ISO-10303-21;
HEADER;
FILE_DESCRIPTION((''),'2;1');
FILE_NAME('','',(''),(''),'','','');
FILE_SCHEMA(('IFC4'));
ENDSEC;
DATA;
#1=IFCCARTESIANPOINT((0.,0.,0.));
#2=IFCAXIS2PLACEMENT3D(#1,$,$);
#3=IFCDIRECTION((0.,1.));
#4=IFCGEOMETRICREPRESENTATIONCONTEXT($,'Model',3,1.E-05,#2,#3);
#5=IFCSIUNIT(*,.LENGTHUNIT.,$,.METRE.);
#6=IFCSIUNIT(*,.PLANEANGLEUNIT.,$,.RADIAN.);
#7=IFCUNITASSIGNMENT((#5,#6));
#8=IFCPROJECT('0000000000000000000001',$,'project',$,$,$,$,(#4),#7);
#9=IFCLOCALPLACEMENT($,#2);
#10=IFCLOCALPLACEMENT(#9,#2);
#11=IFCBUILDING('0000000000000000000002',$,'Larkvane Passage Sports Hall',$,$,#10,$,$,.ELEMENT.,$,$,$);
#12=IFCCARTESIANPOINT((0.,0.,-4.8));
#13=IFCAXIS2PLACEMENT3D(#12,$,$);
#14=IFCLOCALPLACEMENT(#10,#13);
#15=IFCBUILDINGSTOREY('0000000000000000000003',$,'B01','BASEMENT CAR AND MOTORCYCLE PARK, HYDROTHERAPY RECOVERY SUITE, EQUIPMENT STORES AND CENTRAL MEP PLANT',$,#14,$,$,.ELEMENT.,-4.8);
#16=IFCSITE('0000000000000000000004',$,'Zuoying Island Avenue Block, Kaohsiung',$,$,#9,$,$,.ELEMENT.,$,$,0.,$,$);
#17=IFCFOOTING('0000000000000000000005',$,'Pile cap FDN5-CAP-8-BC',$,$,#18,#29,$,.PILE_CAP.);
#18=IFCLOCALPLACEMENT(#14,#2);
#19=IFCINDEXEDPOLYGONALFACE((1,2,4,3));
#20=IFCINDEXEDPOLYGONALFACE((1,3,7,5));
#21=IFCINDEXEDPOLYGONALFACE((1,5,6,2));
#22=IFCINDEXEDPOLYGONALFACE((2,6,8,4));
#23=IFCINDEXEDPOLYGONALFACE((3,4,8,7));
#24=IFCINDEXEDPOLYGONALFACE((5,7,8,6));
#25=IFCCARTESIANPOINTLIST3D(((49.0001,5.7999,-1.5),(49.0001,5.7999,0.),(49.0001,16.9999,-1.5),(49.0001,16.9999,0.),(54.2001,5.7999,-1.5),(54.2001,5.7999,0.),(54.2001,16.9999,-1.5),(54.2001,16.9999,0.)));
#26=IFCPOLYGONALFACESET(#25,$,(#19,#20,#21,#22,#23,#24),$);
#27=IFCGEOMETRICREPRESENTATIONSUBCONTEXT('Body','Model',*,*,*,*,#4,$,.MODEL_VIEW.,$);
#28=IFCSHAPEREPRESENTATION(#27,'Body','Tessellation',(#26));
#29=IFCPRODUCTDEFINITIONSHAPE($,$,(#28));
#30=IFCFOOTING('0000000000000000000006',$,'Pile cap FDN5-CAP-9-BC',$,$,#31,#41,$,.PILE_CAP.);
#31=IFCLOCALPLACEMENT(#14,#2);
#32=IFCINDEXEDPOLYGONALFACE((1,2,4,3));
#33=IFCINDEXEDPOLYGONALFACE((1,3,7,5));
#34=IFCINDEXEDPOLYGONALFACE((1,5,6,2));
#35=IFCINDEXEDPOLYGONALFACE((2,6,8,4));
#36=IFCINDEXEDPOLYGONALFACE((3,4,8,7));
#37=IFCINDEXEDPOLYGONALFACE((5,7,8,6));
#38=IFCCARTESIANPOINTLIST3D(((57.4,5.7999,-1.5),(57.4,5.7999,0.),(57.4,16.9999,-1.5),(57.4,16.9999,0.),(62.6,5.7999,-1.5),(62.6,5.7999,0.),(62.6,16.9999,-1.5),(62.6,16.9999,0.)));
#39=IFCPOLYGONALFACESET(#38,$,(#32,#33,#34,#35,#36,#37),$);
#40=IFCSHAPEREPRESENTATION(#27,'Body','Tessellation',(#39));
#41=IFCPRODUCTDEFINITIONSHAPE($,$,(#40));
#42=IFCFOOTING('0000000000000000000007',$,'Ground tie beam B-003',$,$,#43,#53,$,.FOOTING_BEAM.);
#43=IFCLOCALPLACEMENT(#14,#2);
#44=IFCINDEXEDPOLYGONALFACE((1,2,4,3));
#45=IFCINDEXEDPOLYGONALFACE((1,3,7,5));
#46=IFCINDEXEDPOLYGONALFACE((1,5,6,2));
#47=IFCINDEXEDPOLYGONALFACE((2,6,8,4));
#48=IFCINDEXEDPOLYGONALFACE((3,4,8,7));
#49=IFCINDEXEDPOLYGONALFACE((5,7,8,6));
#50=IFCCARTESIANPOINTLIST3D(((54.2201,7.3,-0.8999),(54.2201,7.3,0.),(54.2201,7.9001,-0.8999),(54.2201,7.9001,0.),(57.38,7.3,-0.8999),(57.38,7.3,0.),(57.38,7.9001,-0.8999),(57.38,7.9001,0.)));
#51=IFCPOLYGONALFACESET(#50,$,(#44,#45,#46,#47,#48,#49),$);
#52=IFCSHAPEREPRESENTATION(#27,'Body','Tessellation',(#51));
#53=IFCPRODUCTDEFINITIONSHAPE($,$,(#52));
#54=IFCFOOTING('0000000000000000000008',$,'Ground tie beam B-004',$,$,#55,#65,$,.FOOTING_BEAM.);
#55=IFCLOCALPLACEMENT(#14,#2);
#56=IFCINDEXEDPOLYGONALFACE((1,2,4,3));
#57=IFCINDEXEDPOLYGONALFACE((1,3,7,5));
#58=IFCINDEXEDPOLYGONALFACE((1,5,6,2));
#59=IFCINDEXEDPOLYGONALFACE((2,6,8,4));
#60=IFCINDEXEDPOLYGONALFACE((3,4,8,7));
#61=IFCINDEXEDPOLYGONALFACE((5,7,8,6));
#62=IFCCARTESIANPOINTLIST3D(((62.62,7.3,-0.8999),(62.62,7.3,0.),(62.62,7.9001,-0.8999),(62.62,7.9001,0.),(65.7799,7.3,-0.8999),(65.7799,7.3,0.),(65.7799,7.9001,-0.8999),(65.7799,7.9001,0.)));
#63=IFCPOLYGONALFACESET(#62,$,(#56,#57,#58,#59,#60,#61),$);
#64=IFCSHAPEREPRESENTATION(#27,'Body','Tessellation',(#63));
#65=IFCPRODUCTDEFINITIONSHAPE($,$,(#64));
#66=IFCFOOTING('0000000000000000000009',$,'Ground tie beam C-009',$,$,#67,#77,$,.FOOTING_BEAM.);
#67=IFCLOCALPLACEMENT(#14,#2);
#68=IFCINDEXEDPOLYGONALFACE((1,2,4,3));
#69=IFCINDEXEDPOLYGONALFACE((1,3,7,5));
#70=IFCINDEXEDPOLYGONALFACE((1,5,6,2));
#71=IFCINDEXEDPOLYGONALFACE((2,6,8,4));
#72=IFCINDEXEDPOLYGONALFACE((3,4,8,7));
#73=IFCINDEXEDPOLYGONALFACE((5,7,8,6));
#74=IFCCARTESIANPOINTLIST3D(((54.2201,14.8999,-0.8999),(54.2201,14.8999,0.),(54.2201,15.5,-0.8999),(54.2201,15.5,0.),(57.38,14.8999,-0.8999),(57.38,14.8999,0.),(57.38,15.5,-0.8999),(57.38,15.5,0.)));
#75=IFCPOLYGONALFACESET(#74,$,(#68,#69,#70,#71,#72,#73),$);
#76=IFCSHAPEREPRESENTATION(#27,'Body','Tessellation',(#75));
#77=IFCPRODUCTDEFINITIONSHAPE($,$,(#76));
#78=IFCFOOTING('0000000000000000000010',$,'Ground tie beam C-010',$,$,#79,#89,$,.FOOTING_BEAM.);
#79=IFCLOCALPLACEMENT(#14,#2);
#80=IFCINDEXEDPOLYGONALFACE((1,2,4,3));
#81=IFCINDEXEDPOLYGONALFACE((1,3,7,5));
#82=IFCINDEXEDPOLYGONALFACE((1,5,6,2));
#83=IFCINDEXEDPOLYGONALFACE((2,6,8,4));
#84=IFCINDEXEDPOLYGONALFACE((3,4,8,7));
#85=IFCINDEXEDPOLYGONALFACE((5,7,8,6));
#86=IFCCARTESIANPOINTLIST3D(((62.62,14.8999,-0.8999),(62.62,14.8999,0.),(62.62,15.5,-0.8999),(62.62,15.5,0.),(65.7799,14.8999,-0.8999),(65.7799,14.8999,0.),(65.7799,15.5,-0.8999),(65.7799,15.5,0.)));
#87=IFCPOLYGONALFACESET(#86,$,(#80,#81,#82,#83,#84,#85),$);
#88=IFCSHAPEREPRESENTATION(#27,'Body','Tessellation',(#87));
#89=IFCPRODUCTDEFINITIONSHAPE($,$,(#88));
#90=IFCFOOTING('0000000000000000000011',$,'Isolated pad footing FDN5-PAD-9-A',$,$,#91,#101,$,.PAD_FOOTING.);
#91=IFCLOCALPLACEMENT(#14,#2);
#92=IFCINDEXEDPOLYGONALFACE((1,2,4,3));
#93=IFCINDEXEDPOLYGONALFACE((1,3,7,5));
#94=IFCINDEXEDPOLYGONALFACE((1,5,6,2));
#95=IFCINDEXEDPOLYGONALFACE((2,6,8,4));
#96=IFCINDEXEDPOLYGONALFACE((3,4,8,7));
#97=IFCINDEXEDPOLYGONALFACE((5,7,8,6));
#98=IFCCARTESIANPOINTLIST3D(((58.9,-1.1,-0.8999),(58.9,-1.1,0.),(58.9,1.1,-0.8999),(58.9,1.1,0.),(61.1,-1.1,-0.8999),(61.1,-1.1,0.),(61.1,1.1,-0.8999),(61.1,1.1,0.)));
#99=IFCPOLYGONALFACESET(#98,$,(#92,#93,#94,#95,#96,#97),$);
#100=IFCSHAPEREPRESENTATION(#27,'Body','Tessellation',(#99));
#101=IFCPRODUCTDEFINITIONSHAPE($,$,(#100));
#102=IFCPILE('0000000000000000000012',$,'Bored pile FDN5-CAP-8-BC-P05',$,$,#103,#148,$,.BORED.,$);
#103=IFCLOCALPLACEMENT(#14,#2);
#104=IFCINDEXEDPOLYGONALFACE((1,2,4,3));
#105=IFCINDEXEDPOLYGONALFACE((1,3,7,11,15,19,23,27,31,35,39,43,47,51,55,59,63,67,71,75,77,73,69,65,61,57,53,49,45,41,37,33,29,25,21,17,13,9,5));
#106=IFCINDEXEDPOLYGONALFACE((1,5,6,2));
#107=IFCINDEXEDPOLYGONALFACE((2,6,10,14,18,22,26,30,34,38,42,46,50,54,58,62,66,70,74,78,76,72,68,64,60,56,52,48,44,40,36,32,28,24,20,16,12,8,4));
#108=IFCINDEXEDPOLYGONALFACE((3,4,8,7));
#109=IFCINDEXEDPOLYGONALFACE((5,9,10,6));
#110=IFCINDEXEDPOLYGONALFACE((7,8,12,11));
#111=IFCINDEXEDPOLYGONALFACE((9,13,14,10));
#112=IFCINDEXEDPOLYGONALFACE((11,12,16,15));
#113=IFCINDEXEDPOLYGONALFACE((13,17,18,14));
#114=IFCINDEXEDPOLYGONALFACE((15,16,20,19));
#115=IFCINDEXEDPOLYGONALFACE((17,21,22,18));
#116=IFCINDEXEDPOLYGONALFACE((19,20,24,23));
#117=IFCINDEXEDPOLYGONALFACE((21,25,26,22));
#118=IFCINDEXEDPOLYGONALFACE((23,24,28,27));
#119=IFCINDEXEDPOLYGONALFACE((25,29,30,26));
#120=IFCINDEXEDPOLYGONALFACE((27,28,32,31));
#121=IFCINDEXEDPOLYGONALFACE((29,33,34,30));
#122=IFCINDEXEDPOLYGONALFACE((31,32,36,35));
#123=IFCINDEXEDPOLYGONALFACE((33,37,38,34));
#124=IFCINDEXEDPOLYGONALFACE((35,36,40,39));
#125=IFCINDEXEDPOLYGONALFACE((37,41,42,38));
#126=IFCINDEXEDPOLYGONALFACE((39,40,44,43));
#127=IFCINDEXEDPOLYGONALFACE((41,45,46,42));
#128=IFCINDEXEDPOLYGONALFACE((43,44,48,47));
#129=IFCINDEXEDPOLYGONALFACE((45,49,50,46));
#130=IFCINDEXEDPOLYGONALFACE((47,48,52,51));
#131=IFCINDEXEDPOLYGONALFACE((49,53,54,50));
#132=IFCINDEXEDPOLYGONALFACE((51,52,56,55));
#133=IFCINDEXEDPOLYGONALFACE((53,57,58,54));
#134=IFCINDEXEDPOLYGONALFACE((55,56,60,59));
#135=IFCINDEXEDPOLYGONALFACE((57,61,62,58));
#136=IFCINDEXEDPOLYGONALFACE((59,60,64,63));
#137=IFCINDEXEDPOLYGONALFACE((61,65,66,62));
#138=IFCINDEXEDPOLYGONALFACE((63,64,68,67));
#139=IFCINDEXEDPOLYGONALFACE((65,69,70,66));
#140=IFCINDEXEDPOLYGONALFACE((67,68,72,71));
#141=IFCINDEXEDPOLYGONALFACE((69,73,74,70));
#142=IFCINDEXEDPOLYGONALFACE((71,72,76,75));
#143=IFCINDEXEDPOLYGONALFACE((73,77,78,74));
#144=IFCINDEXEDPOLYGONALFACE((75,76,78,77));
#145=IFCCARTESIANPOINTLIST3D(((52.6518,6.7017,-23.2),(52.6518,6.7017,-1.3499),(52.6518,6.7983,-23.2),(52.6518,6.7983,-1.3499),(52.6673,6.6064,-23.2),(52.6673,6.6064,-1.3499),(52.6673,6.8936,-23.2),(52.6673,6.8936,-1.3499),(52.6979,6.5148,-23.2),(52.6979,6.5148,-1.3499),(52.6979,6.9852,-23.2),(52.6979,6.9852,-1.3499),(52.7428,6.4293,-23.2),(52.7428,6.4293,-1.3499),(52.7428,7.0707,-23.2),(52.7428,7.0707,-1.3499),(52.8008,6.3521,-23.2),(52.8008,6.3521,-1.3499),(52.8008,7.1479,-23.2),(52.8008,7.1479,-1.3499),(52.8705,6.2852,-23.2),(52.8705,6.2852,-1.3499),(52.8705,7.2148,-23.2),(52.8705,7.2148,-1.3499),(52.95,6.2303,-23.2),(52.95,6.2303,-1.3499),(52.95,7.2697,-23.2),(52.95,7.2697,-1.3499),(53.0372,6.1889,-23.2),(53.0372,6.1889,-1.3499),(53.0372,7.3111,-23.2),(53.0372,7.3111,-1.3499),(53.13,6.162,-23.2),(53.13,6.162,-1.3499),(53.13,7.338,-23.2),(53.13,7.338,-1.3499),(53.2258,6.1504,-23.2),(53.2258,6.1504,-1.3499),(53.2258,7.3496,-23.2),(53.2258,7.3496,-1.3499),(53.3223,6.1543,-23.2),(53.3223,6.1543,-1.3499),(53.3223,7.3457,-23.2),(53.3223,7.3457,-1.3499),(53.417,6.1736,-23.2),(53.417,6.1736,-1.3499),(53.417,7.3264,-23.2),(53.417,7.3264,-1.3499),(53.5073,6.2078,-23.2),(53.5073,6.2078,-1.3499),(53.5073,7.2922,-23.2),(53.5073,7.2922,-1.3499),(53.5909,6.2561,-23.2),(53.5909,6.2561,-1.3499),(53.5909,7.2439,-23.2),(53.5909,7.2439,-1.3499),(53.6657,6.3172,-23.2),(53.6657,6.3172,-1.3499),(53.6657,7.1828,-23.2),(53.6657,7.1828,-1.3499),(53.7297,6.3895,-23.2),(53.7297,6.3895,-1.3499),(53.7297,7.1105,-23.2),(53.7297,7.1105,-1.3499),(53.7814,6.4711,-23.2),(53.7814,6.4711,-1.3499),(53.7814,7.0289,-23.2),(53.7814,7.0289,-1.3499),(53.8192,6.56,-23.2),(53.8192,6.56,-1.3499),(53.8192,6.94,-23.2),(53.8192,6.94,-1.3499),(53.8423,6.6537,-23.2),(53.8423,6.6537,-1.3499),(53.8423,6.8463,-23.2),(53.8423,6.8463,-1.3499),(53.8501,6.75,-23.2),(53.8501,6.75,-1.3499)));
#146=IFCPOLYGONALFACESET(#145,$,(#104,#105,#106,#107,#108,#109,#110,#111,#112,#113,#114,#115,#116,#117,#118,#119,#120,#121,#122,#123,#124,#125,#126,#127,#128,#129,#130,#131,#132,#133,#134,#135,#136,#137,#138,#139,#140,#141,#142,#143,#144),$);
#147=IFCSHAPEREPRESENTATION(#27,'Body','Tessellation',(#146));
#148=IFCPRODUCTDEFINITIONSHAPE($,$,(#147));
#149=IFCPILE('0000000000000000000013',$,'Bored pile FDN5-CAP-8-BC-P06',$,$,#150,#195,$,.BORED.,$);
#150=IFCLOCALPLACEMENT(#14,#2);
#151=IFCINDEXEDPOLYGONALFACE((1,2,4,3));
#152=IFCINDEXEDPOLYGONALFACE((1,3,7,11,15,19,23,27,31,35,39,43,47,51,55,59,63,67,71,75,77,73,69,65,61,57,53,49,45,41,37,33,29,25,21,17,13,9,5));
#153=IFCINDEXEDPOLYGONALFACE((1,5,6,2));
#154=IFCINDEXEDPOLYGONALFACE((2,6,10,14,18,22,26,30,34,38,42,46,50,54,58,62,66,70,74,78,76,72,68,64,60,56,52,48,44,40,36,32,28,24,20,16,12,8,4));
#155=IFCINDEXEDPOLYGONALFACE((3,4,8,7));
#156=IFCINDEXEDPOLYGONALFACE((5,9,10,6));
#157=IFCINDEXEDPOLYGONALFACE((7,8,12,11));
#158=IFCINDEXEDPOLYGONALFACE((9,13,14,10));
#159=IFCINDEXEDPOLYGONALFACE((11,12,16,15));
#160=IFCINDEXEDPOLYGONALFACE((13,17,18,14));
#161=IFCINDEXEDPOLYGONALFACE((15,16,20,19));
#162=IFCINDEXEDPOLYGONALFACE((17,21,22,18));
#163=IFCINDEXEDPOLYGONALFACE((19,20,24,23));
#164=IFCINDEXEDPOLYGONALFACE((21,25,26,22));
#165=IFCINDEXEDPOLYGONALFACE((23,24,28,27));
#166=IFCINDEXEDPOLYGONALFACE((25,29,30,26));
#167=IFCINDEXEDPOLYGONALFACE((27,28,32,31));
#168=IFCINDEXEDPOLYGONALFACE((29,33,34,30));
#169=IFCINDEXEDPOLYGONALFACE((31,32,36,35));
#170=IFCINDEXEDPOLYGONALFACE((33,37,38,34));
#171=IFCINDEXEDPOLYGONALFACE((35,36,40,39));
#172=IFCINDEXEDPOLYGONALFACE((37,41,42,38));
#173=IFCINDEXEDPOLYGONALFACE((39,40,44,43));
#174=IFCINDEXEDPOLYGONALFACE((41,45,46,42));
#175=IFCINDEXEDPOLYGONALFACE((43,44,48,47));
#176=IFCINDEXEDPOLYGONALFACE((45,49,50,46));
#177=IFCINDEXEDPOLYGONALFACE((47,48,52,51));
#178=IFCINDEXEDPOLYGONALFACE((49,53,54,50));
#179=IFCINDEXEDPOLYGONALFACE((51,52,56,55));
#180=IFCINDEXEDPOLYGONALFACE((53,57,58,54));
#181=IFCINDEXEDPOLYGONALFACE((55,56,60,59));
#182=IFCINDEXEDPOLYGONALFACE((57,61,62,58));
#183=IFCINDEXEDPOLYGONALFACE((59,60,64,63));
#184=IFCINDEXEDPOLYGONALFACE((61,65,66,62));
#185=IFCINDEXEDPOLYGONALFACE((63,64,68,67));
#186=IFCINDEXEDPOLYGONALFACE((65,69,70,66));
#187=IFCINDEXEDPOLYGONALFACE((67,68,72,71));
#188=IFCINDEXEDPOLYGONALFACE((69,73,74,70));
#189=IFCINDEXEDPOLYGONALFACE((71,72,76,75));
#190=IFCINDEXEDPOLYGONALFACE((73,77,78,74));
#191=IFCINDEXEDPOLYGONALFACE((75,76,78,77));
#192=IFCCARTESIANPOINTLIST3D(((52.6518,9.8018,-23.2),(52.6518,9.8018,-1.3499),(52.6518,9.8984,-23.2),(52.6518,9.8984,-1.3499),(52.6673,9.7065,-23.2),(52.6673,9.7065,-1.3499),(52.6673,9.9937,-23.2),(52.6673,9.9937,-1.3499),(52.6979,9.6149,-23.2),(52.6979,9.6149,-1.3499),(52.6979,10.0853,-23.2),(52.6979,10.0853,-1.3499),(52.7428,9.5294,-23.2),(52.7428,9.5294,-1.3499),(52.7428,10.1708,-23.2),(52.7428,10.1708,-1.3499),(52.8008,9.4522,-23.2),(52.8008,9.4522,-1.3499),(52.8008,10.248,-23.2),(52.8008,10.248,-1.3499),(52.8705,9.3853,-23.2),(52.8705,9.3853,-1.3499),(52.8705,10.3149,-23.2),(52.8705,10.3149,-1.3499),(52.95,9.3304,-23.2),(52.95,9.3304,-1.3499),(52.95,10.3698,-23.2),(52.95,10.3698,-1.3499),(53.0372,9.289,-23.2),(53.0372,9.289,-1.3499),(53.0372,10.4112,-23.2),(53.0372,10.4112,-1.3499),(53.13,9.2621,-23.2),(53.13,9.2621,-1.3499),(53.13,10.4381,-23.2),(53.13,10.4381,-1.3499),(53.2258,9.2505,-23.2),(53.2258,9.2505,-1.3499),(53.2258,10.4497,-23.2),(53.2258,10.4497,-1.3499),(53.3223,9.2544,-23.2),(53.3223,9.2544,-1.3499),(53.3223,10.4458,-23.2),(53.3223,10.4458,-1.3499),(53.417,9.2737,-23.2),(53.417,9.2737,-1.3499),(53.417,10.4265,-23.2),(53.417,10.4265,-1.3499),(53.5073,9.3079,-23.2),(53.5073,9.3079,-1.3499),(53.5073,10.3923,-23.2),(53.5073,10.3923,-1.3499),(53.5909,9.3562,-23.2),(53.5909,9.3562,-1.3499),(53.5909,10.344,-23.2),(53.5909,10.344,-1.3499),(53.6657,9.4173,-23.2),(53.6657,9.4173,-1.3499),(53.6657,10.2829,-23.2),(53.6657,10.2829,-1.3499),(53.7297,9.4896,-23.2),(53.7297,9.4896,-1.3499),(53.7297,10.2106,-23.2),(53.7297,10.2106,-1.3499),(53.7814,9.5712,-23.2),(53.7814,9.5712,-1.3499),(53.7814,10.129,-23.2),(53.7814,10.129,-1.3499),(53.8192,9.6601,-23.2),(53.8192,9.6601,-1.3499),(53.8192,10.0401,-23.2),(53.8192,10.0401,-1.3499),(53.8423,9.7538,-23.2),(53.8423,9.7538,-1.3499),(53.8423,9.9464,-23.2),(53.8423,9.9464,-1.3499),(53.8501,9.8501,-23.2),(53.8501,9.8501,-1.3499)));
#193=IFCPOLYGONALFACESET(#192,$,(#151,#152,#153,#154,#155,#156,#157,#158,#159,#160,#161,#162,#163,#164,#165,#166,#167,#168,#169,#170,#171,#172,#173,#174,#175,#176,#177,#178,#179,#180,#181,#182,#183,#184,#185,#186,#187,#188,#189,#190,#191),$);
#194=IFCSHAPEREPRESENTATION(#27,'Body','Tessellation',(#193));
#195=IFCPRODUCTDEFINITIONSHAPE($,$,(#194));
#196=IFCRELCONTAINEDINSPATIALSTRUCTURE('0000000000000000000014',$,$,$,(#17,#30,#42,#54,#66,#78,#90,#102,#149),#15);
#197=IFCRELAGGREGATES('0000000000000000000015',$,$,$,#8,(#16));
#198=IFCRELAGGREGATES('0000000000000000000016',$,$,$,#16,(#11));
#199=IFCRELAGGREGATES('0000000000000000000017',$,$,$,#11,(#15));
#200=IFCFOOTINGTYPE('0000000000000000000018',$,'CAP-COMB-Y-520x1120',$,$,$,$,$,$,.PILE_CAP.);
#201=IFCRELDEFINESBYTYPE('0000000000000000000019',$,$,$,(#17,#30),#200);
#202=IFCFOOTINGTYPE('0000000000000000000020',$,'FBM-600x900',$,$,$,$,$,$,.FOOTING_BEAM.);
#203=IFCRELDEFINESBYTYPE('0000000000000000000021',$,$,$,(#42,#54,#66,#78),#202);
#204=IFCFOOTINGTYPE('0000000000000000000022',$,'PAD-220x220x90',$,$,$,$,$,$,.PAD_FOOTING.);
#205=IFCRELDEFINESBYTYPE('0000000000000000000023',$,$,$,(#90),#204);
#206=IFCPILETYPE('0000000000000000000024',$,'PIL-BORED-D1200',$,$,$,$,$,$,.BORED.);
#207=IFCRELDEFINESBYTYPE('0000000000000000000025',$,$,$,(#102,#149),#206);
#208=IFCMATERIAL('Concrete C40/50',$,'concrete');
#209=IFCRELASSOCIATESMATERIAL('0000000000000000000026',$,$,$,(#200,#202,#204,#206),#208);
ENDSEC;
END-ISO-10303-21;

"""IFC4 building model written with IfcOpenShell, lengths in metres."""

from ifc_helpers import new_model, si_unit, direction, frame, origin, origin_2d, place, context, subcontext, project, spatial, rectangle, circle, extrude, material, material_profile, profile_set, type_object, element, save


model = new_model("IFC4")

# Units and contexts
model_context = context("Model", 3, precision=1e-05, world=origin(), true_north=direction((0.0, 1.0)))
body_context = subcontext(model_context, "Body", "Model", "MODEL_VIEW")
ifc_project = project(units=[si_unit("LENGTHUNIT", "METRE"), si_unit("PLANEANGLEUNIT", "RADIAN")], contexts=[model_context])

# Site, building, storey
site_placement = place(None, origin())
site = spatial("IfcSite", under=ifc_project, at=site_placement, Name="Zuoying Island Avenue Block, Kaohsiung", CompositionType="ELEMENT", RefElevation=0.0)
building_placement = place(site_placement, origin())
building = spatial("IfcBuilding", under=site, at=building_placement, Name="Larkvane Passage Sports Hall", CompositionType="ELEMENT")
storey_placement = place(building_placement, frame((0.0, 0.0, -4.8)))
storey = spatial("IfcBuildingStorey", under=building, at=storey_placement, Name="B01", Description="BASEMENT CAR AND MOTORCYCLE PARK, HYDROTHERAPY RECOVERY SUITE, EQUIPMENT STORES AND CENTRAL MEP PLANT", CompositionType="ELEMENT", Elevation=-4.8)

# Footings
ifc_material_1 = material(Name="Concrete C40/50", Category="concrete")
footing_type_1 = type_object("IfcFootingType", Name="CAP-COMB-Y-520x1120", PredefinedType="PILE_CAP", material=ifc_material_1)
for number, where, z_axis, x_axis, name in (
    (1, (51.6001, 11.3999, -1.5), (0.0, 0.0, 1.0), (1.0, 0.0, 0.0), "Pile cap FDN5-CAP-8-BC"),
    (2, (60.0, 11.3999, -1.5), (0.0, 0.0, 1.0), (1.0, 0.0, 0.0), "Pile cap FDN5-CAP-9-BC"),
):
    element("IfcFooting", number, at=place(storey_placement, frame(where, z_axis=z_axis, x_axis=x_axis)), inside=storey, type_object=footing_type_1, Name=name, PredefinedType="PILE_CAP", context=body_context, shape_type="SweptSolid", body=[
        extrude(rectangle(XDim=5.2, YDim=11.2, at=origin_2d()), origin(), (0.0, 0.0, 1.0), 1.5),
    ])
footing_type_2 = type_object("IfcFootingType", Name="FBM-600x900", PredefinedType="FOOTING_BEAM", material=ifc_material_1)
for number, where, z_axis, x_axis, name in (
    (3, (55.8, 7.6001, -0.8999), (0.0, 0.0, 1.0), (1.0, 0.0, 0.0), "Ground tie beam B-003"),
    (4, (64.2, 7.6001, -0.8999), (0.0, 0.0, 1.0), (1.0, 0.0, 0.0), "Ground tie beam B-004"),
    (5, (55.8, 15.2, -0.8999), (0.0, 0.0, 1.0), (1.0, 0.0, 0.0), "Ground tie beam C-009"),
    (6, (64.2, 15.2, -0.8999), (0.0, 0.0, 1.0), (1.0, 0.0, 0.0), "Ground tie beam C-010"),
):
    element("IfcFooting", number, at=place(storey_placement, frame(where, z_axis=z_axis, x_axis=x_axis)), inside=storey, type_object=footing_type_2, Name=name, PredefinedType="FOOTING_BEAM", context=body_context, shape_type="SweptSolid", body=[
        extrude(rectangle(XDim=3.1599, YDim=0.6001, at=origin_2d()), origin(), (0.0, 0.0, 1.0), 0.8999),
    ])
footing_type_3 = type_object("IfcFootingType", Name="PAD-220x220x90", PredefinedType="PAD_FOOTING", material=ifc_material_1)
footing_1_placement = place(storey_placement, frame((60.0, 0.0, -0.8999), z_axis=(0.0, 0.0, 1.0), x_axis=(1.0, 0.0, 0.0)))
element("IfcFooting", 7, at=footing_1_placement, inside=storey, type_object=footing_type_3, Name="Isolated pad footing FDN5-PAD-9-A", PredefinedType="PAD_FOOTING", context=body_context, shape_type="SweptSolid", body=[
    extrude(rectangle(XDim=2.2, YDim=2.2, at=origin_2d()), origin(), (0.0, 0.0, 1.0), 0.8999),
])

# Piles
ifc_material_profile_1 = material_profile(ifc_material_1, circle(Radius=0.6001, at=origin_2d()), Name="PILE-D1200")
ifc_profile_set_1 = profile_set([ifc_material_profile_1], Name="Concrete C40/50")
pile_type = type_object("IfcPileType", Name="PIL-BORED-D1200", PredefinedType="BORED", material=ifc_profile_set_1)
for number, where, z_axis, x_axis, name in (
    (8, (53.25, 6.75, -1.3499), (0.0, 0.0, -1.0), (1.0, 0.0, 0.0), "Bored pile FDN5-CAP-8-BC-P05"),
    (9, (53.25, 9.8501, -1.3499), (0.0, 0.0, -1.0), (1.0, 0.0, 0.0), "Bored pile FDN5-CAP-8-BC-P06"),
):
    element("IfcPile", number, at=place(storey_placement, frame(where, z_axis=z_axis, x_axis=x_axis)), inside=storey, type_object=pile_type, Name=name, PredefinedType="BORED", context=body_context, shape_type="SweptSolid", body=[
        extrude(circle(Radius=0.6001, at=origin_2d()), origin(), (0.0, 0.0, 1.0), 21.8501),
    ])

save(model, "model.ifc")
